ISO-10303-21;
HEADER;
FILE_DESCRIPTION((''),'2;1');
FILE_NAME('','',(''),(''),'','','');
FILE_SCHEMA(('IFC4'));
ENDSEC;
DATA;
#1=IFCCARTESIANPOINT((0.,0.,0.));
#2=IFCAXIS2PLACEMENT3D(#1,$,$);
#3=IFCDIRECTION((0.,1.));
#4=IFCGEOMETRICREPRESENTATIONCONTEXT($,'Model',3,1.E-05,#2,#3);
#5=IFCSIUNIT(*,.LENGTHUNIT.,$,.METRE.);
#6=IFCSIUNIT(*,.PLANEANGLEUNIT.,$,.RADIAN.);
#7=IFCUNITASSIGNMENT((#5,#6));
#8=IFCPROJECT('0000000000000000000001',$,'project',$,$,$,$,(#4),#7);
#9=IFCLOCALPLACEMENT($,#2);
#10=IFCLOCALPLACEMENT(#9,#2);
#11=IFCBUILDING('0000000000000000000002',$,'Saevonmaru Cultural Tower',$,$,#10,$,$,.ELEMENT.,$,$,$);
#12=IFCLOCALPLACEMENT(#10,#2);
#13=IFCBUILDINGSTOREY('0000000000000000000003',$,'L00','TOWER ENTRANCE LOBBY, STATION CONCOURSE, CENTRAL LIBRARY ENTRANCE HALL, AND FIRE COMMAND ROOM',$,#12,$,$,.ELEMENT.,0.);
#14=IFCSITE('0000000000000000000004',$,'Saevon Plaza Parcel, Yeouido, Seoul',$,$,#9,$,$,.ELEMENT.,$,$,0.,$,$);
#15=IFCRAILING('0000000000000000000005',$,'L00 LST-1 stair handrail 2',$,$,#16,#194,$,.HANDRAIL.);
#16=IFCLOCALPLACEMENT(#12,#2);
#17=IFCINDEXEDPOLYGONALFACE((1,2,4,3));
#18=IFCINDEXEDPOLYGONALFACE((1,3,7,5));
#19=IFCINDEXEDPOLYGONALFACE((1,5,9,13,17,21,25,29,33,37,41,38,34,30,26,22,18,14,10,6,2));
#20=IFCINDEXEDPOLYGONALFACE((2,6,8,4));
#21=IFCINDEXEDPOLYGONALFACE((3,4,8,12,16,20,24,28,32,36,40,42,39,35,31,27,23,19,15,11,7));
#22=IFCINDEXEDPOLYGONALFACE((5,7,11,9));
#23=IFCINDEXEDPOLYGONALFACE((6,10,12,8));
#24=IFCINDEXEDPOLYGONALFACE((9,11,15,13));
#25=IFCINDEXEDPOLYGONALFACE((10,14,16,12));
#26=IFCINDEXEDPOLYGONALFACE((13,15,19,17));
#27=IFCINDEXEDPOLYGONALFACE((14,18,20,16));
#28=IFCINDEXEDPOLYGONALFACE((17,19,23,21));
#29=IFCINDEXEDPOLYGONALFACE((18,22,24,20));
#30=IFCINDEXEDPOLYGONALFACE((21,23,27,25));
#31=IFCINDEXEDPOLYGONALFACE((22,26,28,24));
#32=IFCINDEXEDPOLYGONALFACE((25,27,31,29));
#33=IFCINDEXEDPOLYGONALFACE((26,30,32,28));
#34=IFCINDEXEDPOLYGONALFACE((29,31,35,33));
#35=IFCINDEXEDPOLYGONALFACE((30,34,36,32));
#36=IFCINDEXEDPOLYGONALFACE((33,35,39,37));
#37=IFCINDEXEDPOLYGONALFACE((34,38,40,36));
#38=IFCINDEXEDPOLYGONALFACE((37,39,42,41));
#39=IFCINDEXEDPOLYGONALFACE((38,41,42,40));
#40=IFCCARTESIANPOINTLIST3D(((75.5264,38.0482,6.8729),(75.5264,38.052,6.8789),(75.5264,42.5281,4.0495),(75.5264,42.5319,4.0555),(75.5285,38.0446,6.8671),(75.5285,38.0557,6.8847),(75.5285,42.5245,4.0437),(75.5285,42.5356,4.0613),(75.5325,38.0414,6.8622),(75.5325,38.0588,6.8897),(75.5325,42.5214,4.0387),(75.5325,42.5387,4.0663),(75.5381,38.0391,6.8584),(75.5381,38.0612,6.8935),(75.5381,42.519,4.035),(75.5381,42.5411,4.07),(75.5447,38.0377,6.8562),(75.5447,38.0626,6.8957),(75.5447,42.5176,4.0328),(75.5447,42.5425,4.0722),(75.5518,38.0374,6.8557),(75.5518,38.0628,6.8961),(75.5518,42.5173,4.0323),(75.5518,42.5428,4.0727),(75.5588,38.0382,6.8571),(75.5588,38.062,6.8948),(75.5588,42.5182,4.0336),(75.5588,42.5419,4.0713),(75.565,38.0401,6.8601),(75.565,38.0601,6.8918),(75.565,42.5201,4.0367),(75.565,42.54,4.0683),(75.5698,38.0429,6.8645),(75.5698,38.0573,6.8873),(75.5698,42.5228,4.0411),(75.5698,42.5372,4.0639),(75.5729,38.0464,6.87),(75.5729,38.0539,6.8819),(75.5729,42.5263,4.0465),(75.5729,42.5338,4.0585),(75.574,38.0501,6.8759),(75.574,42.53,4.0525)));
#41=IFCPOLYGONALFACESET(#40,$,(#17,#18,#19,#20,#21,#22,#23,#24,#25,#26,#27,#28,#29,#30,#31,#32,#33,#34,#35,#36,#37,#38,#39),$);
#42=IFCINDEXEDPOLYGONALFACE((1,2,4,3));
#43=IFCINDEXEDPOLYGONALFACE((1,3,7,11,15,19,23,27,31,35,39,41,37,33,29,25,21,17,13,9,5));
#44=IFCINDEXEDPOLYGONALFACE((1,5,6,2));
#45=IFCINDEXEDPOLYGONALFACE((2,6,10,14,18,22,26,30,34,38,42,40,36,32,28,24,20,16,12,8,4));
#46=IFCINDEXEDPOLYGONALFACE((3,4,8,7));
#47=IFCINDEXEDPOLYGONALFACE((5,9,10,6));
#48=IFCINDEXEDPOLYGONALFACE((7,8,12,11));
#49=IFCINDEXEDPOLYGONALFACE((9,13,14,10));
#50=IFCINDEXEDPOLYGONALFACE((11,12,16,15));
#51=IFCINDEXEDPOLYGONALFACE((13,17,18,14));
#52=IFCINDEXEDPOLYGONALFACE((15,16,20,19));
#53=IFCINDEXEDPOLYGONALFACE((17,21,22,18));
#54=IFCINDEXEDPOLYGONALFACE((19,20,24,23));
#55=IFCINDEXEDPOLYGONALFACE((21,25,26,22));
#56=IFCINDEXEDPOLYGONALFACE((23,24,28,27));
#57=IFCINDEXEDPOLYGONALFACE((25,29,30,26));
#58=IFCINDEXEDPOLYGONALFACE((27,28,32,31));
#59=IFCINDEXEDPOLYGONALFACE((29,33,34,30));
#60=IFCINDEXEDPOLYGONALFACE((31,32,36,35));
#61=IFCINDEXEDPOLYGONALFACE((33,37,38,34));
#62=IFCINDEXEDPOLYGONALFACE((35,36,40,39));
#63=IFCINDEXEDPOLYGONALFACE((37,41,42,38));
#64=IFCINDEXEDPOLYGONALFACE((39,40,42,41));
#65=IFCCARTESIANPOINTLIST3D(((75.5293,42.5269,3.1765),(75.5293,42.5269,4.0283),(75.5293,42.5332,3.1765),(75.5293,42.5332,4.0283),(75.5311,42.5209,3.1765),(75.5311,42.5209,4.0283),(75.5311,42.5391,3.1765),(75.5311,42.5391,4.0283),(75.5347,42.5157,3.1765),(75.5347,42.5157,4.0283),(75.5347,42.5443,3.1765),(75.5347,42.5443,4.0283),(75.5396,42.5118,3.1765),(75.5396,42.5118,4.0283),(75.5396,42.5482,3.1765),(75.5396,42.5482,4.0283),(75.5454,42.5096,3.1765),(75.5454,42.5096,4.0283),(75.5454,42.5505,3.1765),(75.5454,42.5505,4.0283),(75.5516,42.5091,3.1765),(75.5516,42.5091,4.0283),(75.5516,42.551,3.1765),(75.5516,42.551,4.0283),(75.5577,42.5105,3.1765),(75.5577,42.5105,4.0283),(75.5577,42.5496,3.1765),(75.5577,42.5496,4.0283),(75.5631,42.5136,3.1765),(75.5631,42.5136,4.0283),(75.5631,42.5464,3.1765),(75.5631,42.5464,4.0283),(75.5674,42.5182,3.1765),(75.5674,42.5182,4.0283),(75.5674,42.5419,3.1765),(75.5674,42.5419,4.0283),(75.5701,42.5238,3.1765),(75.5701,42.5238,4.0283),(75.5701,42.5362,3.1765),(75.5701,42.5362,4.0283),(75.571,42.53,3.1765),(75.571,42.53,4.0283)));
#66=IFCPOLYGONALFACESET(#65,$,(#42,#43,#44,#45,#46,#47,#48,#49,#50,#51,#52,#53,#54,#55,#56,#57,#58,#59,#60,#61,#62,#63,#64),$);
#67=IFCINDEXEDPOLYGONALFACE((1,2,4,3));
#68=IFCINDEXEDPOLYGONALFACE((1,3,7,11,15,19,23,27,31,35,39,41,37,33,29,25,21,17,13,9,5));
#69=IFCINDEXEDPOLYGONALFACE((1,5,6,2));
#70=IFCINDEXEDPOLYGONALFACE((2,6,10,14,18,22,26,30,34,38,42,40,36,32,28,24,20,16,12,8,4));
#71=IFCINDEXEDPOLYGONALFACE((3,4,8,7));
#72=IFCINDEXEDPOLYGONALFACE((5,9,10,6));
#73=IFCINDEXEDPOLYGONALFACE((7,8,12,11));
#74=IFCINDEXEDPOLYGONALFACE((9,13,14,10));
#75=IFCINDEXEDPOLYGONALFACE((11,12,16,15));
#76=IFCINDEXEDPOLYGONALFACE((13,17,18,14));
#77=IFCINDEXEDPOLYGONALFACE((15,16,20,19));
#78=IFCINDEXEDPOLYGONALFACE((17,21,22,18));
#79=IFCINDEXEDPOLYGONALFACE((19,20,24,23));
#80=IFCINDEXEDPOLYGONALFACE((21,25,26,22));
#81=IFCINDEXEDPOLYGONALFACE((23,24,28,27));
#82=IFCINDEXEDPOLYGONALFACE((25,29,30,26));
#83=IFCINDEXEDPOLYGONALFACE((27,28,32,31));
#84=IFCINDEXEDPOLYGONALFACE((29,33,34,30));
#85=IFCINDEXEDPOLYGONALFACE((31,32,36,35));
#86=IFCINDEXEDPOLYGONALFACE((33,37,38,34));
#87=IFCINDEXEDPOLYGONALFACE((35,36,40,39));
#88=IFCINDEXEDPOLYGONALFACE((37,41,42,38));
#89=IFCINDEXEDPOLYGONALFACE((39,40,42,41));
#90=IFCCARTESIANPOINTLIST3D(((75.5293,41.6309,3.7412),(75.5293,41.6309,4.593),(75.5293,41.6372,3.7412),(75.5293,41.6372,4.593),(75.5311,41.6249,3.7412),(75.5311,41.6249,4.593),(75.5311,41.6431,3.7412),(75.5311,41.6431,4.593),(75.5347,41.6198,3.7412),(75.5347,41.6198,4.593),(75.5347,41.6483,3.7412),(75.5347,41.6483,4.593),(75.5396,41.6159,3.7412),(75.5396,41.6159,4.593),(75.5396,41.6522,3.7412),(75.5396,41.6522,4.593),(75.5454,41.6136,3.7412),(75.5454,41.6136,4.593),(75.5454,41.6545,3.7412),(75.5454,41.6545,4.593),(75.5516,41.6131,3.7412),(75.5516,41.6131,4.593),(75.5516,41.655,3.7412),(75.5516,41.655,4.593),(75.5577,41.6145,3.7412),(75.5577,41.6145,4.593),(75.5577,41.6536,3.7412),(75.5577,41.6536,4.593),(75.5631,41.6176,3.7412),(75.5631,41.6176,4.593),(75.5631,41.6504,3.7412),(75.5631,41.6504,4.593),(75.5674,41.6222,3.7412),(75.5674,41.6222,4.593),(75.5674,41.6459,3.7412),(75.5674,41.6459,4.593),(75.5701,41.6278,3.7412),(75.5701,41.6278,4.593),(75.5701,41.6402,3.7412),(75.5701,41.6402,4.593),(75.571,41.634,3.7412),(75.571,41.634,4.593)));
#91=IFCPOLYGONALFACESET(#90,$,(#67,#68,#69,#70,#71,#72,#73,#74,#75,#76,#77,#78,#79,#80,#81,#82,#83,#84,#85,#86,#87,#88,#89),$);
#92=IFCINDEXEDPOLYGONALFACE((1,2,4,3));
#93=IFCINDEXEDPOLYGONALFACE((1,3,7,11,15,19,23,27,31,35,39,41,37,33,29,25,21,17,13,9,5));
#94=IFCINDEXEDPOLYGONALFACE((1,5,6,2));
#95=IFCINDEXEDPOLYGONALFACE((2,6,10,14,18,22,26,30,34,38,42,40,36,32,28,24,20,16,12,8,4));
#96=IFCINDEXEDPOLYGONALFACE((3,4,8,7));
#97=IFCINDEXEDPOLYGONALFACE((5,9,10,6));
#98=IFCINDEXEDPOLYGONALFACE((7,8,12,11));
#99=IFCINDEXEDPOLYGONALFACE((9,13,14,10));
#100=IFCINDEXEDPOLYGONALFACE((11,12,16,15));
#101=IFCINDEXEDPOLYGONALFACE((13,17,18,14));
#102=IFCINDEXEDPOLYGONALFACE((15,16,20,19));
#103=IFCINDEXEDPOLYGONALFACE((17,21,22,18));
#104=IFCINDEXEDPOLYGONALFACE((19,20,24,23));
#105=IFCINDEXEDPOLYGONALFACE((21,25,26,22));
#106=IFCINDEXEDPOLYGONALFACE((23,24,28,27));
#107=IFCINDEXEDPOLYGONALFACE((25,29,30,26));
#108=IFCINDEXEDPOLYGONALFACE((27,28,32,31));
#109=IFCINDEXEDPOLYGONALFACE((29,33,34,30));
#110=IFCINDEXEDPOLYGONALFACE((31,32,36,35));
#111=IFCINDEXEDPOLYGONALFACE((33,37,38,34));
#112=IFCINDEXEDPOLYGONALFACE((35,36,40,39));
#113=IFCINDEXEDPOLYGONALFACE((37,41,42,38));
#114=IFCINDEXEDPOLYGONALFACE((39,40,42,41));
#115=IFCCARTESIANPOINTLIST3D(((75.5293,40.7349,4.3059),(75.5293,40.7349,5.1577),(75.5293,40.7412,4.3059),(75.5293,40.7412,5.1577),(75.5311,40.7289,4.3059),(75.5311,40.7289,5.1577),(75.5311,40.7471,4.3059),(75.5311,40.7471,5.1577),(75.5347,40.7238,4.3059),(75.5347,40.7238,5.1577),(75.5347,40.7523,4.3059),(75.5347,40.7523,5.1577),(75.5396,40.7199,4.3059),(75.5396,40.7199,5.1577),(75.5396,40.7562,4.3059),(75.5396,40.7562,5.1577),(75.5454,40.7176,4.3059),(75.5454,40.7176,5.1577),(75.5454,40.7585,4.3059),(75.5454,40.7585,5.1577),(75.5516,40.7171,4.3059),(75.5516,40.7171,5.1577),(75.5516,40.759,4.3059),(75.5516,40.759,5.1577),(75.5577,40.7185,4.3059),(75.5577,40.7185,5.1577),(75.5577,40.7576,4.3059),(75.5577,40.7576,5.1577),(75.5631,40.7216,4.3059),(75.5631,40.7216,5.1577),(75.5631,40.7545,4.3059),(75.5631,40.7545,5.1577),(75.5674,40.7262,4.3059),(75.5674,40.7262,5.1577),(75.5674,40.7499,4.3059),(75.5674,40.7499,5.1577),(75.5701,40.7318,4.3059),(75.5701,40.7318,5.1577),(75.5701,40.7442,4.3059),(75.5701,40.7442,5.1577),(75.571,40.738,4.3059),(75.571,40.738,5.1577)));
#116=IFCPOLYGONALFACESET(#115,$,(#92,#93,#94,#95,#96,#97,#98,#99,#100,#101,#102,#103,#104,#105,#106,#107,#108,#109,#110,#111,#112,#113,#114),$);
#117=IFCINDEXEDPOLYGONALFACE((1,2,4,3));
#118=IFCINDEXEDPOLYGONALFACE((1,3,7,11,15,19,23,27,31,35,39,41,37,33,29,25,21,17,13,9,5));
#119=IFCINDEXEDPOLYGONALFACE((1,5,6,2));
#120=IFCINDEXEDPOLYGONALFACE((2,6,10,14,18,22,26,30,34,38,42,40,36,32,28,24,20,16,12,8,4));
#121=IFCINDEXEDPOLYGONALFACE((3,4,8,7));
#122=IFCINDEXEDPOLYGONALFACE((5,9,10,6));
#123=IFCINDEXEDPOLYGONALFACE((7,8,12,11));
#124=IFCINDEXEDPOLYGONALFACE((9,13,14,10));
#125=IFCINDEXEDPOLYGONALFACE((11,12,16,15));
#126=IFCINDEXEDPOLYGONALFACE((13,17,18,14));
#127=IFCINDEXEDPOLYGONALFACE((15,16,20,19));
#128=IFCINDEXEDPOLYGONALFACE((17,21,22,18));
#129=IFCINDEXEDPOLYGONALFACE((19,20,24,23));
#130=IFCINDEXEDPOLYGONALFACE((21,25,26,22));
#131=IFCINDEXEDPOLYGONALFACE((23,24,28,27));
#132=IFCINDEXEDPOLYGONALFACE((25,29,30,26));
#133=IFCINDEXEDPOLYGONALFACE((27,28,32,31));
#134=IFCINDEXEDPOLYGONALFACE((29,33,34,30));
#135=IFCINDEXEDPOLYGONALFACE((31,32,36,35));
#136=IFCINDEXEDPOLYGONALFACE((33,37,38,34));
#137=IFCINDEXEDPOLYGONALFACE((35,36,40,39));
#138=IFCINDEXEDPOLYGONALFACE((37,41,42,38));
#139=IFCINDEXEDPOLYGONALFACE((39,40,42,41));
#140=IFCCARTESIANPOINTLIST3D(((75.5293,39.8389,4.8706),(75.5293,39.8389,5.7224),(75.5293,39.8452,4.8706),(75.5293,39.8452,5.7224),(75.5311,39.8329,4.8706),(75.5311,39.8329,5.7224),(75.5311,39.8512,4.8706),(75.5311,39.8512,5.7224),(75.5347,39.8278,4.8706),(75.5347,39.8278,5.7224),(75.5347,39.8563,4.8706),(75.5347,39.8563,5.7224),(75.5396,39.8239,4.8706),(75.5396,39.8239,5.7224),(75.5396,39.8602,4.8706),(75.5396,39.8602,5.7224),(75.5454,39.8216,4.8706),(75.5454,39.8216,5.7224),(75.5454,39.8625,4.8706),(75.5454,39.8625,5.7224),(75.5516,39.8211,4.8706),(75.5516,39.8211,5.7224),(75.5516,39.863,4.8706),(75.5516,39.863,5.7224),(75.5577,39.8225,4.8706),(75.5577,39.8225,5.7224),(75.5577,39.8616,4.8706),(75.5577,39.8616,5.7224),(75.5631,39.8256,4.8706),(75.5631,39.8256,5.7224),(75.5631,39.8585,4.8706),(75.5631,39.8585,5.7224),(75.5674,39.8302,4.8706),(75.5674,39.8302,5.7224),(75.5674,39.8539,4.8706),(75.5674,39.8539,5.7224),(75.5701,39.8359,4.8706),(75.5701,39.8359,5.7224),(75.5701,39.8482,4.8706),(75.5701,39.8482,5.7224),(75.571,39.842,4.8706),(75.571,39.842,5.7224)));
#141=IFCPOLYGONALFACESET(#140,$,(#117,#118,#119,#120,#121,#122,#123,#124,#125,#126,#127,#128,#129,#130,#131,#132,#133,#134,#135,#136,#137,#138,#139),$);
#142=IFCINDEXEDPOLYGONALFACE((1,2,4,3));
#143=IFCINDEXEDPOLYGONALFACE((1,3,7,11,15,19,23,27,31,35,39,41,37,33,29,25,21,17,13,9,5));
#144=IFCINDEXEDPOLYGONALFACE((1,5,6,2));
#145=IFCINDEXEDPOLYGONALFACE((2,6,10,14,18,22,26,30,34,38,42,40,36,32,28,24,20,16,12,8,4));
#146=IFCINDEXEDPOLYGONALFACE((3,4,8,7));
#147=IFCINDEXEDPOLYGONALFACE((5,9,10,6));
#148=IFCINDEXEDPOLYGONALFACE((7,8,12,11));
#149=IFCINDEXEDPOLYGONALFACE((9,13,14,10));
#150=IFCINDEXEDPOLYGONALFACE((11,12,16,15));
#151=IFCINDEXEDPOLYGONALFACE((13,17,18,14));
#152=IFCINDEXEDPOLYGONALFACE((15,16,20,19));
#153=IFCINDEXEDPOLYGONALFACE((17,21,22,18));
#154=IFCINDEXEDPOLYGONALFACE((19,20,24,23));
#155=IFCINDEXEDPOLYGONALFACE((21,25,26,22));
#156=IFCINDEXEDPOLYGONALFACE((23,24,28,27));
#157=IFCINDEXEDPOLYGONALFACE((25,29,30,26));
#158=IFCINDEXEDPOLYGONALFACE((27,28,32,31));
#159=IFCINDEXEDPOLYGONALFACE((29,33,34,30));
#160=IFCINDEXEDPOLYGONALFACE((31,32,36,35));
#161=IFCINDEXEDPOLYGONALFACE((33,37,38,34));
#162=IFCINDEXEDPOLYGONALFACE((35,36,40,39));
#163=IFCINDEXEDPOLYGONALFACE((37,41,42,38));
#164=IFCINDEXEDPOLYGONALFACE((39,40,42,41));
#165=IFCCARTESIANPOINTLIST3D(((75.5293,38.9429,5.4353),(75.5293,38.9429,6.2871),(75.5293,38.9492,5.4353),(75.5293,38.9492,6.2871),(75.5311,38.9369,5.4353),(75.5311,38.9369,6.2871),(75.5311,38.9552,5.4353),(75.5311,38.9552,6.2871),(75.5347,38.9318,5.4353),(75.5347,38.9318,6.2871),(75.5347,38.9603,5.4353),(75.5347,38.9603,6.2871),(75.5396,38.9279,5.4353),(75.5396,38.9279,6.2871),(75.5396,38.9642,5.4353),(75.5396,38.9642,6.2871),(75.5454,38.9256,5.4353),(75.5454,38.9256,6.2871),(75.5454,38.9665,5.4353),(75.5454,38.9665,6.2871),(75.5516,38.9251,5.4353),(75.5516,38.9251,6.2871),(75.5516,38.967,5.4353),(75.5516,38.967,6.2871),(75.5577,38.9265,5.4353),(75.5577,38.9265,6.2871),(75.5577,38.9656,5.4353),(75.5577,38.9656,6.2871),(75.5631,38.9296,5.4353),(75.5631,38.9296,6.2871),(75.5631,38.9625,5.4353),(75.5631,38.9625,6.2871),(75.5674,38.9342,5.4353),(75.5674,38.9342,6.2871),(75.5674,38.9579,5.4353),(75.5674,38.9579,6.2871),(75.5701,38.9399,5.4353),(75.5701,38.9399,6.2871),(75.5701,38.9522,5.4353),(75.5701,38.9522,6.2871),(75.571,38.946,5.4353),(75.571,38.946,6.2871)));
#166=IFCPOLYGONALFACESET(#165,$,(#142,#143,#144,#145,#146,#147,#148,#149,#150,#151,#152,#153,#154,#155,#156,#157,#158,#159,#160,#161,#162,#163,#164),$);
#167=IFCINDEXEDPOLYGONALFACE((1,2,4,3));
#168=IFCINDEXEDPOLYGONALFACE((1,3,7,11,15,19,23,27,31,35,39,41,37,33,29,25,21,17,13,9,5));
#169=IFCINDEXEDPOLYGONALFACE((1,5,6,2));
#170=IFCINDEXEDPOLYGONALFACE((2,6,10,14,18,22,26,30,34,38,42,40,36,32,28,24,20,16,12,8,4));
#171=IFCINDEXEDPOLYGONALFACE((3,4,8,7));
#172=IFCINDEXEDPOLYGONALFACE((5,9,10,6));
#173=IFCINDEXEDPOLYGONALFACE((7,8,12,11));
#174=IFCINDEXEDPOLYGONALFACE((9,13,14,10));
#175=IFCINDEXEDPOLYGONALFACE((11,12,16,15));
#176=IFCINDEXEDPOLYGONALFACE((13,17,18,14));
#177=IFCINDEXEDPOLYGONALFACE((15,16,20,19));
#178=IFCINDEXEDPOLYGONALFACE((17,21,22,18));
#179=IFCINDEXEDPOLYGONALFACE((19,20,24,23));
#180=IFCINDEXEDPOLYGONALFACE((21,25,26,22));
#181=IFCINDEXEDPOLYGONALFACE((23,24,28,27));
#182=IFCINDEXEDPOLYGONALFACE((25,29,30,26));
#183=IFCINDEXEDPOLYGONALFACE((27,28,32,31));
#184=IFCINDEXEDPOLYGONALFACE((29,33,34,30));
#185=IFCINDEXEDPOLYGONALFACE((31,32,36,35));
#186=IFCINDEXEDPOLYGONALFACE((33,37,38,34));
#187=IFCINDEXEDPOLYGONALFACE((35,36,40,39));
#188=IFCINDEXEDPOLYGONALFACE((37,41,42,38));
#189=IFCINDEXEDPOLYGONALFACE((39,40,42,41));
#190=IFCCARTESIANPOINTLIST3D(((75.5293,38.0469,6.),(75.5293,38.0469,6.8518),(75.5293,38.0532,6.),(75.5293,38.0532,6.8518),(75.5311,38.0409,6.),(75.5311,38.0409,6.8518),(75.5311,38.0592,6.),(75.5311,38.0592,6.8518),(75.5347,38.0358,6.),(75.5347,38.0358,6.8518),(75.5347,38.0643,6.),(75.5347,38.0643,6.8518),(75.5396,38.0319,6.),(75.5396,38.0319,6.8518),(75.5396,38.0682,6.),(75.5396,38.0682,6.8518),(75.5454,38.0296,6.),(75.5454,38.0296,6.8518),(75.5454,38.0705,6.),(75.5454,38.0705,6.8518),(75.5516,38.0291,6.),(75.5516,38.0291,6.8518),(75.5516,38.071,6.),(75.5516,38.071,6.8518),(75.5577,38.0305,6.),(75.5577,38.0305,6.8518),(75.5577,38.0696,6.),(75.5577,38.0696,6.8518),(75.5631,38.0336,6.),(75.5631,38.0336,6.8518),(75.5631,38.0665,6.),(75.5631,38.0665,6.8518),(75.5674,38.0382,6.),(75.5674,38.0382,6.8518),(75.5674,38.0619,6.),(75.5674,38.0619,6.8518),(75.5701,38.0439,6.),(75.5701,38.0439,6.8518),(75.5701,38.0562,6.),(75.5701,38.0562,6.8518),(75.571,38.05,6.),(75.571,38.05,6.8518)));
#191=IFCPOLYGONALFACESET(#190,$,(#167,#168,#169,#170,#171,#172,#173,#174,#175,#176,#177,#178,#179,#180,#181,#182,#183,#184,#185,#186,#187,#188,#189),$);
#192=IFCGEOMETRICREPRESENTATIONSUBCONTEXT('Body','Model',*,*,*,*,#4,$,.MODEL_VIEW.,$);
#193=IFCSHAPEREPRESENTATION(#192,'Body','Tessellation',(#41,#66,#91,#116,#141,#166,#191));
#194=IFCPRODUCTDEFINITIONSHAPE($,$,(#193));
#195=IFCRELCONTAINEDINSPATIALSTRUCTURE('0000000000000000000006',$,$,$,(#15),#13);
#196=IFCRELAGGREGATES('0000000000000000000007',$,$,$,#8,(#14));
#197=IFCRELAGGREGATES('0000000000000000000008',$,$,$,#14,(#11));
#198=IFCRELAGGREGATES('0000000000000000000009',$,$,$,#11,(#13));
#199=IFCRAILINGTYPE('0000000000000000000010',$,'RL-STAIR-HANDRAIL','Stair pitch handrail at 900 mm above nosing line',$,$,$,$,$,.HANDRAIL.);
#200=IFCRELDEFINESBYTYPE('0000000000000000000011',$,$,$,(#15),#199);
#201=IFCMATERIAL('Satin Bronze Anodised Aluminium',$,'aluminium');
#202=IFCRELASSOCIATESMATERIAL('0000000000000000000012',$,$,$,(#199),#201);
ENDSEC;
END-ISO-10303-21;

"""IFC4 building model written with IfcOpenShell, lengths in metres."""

from ifc_helpers import new_model, si_unit, direction, frame, origin, origin_2d, place, context, subcontext, project, spatial, circle, extrude, material, type_object, element, save


model = new_model("IFC4")

# Units and contexts
model_context = context("Model", 3, precision=1e-05, world=origin(), true_north=direction((0.0, 1.0)))
body_context = subcontext(model_context, "Body", "Model", "MODEL_VIEW")
ifc_project = project(units=[si_unit("LENGTHUNIT", "METRE"), si_unit("PLANEANGLEUNIT", "RADIAN")], contexts=[model_context])

# Site, building, storey
site_placement = place(None, origin())
site = spatial("IfcSite", under=ifc_project, at=site_placement, Name="Saevon Plaza Parcel, Yeouido, Seoul", CompositionType="ELEMENT", RefElevation=0.0)
building_placement = place(site_placement, origin())
building = spatial("IfcBuilding", under=site, at=building_placement, Name="Saevonmaru Cultural Tower", CompositionType="ELEMENT")
storey_placement = place(building_placement, origin())
storey = spatial("IfcBuildingStorey", under=building, at=storey_placement, Name="L00", Description="TOWER ENTRANCE LOBBY, STATION CONCOURSE, CENTRAL LIBRARY ENTRANCE HALL, AND FIRE COMMAND ROOM", CompositionType="ELEMENT", Elevation=0.0)

# Shared definitions
ifc_material_1 = material(Name="Satin Bronze Anodised Aluminium", Category="aluminium")

# Railing
railing_type_1 = type_object("IfcRailingType", Name="RL-STAIR-HANDRAIL", Description="Stair pitch handrail at 900 mm above nosing line", PredefinedType="HANDRAIL", material=ifc_material_1)
railing_1_placement = place(storey_placement, frame((75.55, 42.53, 3.1765)))
element("IfcRailing", 1, at=railing_1_placement, inside=storey, type_object=railing_type_1, Name="L00 LST-1 stair handrail 2", PredefinedType="HANDRAIL", context=body_context, shape_type="SweptSolid", body=[
    extrude(circle(Radius=0.0239, at=origin_2d()), frame((0.0, 0.0, 0.876), z_axis=(0.0, -0.845998, 0.533186), x_axis=(1.0, 0.0, 0.0)), (0.0, 0.0, 1.0), 5.2954),
    extrude(circle(Radius=0.021, at=origin_2d()), origin(), (0.0, 0.0, 1.0), 0.8518),
    extrude(circle(Radius=0.021, at=origin_2d()), frame((0.0, -0.896, 0.5647)), (0.0, 0.0, 1.0), 0.8518),
    extrude(circle(Radius=0.021, at=origin_2d()), frame((0.0, -1.792, 1.1294)), (0.0, 0.0, 1.0), 0.8518),
    extrude(circle(Radius=0.021, at=origin_2d()), frame((0.0, -2.688, 1.6941)), (0.0, 0.0, 1.0), 0.8518),
    extrude(circle(Radius=0.021, at=origin_2d()), frame((0.0, -3.584, 2.2588)), (0.0, 0.0, 1.0), 0.8518),
    extrude(circle(Radius=0.021, at=origin_2d()), frame((0.0, -4.48, 2.8235)), (0.0, 0.0, 1.0), 0.8518),
])

save(model, "model.ifc")
